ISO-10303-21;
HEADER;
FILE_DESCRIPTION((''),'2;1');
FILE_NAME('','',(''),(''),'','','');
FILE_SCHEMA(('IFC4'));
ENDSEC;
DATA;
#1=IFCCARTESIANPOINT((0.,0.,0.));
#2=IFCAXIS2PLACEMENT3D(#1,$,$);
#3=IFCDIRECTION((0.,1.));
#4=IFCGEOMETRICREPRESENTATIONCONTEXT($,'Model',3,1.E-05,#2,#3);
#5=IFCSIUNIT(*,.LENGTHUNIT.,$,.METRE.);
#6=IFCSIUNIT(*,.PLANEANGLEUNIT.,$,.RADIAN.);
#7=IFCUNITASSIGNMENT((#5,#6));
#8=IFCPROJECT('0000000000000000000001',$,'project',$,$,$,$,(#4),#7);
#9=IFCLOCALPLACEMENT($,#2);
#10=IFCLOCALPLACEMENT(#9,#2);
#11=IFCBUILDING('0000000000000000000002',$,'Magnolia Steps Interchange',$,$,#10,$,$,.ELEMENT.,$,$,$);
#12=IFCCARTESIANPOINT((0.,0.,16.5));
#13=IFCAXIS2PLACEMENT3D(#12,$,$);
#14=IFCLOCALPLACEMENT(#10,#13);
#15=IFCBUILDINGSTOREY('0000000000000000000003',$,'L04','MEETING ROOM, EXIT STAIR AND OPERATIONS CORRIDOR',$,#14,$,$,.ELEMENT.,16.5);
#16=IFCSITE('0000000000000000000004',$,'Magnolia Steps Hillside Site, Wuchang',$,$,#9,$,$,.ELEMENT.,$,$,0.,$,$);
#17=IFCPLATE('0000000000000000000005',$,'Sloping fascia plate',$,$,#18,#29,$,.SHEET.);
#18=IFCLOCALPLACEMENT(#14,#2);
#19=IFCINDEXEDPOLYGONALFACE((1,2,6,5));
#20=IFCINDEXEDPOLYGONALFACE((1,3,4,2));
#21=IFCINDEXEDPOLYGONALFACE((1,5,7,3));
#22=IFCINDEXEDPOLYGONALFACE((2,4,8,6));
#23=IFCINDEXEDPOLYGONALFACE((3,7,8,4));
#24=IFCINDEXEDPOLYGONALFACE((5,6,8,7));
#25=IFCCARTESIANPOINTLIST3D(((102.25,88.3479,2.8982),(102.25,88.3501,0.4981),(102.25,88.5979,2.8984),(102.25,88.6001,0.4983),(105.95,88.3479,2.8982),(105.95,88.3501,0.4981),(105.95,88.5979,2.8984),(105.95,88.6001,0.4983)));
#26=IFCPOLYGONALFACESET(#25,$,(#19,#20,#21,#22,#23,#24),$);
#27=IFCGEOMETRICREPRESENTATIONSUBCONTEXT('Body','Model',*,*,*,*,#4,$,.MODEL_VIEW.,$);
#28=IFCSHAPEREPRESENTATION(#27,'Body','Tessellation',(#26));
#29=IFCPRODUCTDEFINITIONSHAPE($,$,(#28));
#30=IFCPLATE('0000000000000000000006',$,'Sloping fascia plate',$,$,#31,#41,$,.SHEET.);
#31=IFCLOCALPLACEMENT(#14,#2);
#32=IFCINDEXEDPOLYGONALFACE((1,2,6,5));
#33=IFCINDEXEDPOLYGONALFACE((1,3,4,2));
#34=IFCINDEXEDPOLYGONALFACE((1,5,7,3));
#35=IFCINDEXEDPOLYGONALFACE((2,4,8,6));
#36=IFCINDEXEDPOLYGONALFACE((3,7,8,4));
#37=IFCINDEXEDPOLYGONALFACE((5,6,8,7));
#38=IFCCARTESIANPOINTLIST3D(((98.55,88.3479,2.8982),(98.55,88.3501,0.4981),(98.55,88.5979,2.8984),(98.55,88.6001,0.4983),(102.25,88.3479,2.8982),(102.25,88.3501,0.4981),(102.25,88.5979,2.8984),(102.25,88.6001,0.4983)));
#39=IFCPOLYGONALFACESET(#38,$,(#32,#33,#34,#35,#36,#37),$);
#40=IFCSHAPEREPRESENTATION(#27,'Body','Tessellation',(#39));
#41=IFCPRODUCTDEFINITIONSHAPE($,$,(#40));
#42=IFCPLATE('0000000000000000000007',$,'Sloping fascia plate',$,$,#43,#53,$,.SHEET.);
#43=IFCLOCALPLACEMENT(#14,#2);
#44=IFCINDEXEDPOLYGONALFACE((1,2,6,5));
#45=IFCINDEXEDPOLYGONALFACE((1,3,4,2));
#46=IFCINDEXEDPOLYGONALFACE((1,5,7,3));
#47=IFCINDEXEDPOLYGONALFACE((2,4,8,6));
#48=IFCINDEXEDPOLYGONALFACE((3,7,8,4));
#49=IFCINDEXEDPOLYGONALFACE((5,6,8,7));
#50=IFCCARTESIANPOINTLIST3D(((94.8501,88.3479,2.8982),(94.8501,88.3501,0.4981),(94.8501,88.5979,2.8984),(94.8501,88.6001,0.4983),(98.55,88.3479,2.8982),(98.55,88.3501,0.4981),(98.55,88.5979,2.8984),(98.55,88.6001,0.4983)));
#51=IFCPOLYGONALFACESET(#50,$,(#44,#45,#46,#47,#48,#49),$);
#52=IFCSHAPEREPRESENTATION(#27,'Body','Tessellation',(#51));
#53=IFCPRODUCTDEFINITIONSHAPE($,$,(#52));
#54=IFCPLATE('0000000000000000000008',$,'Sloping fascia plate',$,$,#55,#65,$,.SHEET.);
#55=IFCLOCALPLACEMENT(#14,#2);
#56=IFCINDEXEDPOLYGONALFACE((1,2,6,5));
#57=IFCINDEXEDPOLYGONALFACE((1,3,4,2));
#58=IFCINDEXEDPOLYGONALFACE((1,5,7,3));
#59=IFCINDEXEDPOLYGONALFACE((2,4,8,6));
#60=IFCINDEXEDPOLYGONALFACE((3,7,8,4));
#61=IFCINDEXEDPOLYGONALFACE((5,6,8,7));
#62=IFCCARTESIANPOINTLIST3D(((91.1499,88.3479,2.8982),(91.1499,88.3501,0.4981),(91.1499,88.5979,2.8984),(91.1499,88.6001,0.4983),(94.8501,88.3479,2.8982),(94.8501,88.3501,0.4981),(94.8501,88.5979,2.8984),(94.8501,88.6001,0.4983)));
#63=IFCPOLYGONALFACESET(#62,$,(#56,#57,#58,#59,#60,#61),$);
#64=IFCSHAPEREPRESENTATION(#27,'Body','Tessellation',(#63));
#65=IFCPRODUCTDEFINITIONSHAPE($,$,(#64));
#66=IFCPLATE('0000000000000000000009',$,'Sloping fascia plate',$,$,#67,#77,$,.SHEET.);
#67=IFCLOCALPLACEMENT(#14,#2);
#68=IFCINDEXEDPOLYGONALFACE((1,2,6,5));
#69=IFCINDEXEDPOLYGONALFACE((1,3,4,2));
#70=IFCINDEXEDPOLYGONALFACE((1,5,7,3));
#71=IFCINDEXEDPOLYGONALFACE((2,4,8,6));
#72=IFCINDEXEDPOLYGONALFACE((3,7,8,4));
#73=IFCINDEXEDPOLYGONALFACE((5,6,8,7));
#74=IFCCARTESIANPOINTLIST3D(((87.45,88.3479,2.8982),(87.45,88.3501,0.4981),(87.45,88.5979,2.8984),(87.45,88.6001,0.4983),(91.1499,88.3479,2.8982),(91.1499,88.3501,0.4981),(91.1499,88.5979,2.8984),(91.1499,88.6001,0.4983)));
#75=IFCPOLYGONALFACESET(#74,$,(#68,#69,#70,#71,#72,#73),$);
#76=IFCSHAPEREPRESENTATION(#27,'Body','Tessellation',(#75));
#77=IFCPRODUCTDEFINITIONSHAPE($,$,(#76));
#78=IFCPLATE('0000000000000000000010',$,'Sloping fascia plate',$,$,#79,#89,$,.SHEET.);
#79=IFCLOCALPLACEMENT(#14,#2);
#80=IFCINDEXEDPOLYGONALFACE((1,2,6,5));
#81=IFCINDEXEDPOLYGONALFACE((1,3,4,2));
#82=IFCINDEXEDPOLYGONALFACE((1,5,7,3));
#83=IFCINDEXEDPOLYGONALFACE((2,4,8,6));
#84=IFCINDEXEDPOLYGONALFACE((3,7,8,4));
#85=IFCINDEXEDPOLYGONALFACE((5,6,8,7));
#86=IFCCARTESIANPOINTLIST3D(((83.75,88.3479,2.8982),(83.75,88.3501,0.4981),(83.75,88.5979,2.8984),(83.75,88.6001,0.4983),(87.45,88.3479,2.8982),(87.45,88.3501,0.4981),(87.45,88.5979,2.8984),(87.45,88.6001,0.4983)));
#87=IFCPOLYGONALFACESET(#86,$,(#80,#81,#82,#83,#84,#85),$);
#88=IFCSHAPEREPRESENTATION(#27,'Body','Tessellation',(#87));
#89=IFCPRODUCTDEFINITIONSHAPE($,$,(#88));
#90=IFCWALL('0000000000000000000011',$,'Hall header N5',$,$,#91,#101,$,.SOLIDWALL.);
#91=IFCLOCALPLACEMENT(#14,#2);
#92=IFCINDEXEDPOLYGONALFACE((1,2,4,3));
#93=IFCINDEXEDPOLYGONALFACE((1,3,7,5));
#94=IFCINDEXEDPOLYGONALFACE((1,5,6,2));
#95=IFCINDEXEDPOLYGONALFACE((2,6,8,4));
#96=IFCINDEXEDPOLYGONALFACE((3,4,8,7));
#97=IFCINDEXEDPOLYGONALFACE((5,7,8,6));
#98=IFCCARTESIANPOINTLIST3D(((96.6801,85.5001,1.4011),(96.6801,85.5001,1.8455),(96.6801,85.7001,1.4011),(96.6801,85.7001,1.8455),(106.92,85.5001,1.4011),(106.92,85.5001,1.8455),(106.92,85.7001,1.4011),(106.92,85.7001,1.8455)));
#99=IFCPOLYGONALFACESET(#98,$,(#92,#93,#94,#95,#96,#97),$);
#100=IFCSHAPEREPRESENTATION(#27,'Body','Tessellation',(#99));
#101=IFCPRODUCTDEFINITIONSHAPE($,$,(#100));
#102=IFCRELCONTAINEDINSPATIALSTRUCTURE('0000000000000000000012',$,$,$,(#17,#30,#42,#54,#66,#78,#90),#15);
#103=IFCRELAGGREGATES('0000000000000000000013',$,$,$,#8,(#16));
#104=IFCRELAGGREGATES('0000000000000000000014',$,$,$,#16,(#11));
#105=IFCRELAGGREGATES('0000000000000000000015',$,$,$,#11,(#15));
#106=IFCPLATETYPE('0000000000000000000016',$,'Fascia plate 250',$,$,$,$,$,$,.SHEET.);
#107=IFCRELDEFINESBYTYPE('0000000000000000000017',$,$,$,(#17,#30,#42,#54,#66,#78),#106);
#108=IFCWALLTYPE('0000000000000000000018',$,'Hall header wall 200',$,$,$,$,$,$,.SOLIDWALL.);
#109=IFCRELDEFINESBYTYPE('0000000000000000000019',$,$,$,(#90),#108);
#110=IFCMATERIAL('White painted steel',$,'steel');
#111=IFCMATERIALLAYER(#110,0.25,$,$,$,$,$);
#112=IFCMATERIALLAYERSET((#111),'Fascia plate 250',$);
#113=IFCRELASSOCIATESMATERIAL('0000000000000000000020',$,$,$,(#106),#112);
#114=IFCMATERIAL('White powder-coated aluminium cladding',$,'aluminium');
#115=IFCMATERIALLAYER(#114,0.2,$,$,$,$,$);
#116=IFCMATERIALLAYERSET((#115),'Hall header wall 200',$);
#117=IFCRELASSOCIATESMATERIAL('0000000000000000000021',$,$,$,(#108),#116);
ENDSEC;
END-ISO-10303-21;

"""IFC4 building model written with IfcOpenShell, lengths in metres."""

from ifc_helpers import new_model, si_unit, direction, frame, frame_2d, origin, place, context, subcontext, project, spatial, polyline, rectangle, outline, extrude, material, layer, layer_set, type_object, element, save


model = new_model("IFC4")

# Units and contexts
model_context = context("Model", 3, precision=1e-05, world=origin(), true_north=direction((0.0, 1.0)))
body_context = subcontext(model_context, "Body", "Model", "MODEL_VIEW")
ifc_project = project(units=[si_unit("LENGTHUNIT", "METRE"), si_unit("PLANEANGLEUNIT", "RADIAN")], contexts=[model_context])

# Site, building, storey
site_placement = place(None, origin())
site = spatial("IfcSite", under=ifc_project, at=site_placement, Name="Magnolia Steps Hillside Site, Wuchang", CompositionType="ELEMENT", RefElevation=0.0)
building_placement = place(site_placement, origin())
building = spatial("IfcBuilding", under=site, at=building_placement, Name="Magnolia Steps Interchange", CompositionType="ELEMENT")
storey_placement = place(building_placement, frame((0.0, 0.0, 16.5)))
storey = spatial("IfcBuildingStorey", under=building, at=storey_placement, Name="L04", Description="MEETING ROOM, EXIT STAIR AND OPERATIONS CORRIDOR", CompositionType="ELEMENT", Elevation=16.5)

# Plates
ifc_material_1 = material(Name="White painted steel", Category="steel")
ifc_layer_1 = layer(ifc_material_1, 0.25)
ifc_layer_set_1 = layer_set([ifc_layer_1], Name="Fascia plate 250")
plate_type_1 = type_object("IfcPlateType", Name="Fascia plate 250", PredefinedType="SHEET", material=ifc_layer_set_1)
for number, where, z_axis, x_axis, name in (
    (1, (105.95, 88.6001, 0.4983), (0.0, 1.0, 0.000915), (-1.0, 0.0, 0.0), "Sloping fascia plate"),
    (2, (102.25, 88.6001, 0.4983), (0.0, 1.0, 0.000915), (-1.0, 0.0, 0.0), "Sloping fascia plate"),
    (3, (98.55, 88.6001, 0.4983), (0.0, 1.0, 0.000915), (-1.0, 0.0, 0.0), "Sloping fascia plate"),
):
    element("IfcPlate", number, at=place(storey_placement, frame(where, z_axis=z_axis, x_axis=x_axis)), inside=storey, type_object=plate_type_1, Name=name, PredefinedType="SHEET", context=body_context, shape_type="SweptSolid", body=[
        extrude(outline(polyline([(0.0, 0.0), (3.7, 0.0), (3.7, 2.4001), (0.0, 2.4001), (0.0, 0.0)])), origin(), (0.0, 0.0, -1.0), 0.25),
    ])
plate_1_placement = place(storey_placement, frame((94.8501, 88.6001, 0.4983), z_axis=(0.0, 1.0, 0.000915), x_axis=(-1.0, 0.0, 0.0)))
element("IfcPlate", 4, at=plate_1_placement, inside=storey, type_object=plate_type_1, Name="Sloping fascia plate", PredefinedType="SHEET", context=body_context, shape_type="SweptSolid", body=[
    extrude(outline(polyline([(0.0, 0.0), (3.7002, 0.0), (3.7002, 2.4001), (0.0, 2.4001), (0.0, 0.0)])), origin(), (0.0, 0.0, -1.0), 0.25),
])
for number, where, z_axis, x_axis, name in (
    (5, (91.1499, 88.6001, 0.4983), (0.0, 1.0, 0.000915), (-1.0, 0.0, 0.0), "Sloping fascia plate"),
    (6, (87.45, 88.6001, 0.4983), (0.0, 1.0, 0.000915), (-1.0, 0.0, 0.0), "Sloping fascia plate"),
):
    element("IfcPlate", number, at=place(storey_placement, frame(where, z_axis=z_axis, x_axis=x_axis)), inside=storey, type_object=plate_type_1, Name=name, PredefinedType="SHEET", context=body_context, shape_type="SweptSolid", body=[
        extrude(outline(polyline([(0.0, 0.0), (3.7, 0.0), (3.7, 2.4001), (0.0, 2.4001), (0.0, 0.0)])), origin(), (0.0, 0.0, -1.0), 0.25),
    ])

# Wall
ifc_material_2 = material(Name="White powder-coated aluminium cladding", Category="aluminium")
ifc_layer_2 = layer(ifc_material_2, 0.2)
ifc_layer_set_2 = layer_set([ifc_layer_2], Name="Hall header wall 200")
wall_type = type_object("IfcWallType", Name="Hall header wall 200", PredefinedType="SOLIDWALL", material=ifc_layer_set_2)
wall_placement = place(storey_placement, frame((96.6799, 85.6001, 1.4011), z_axis=(0.0, 0.0, 1.0), x_axis=(1.0, 0.0, 0.0)))
element("IfcWall", 7, at=wall_placement, inside=storey, type_object=wall_type, Name="Hall header N5", PredefinedType="SOLIDWALL", context=body_context, shape_type="SweptSolid", body=[
    extrude(rectangle(XDim=10.24, YDim=0.2, at=frame_2d((5.1201, 0.0))), origin(), (0.0, 0.0, 1.0), 0.4443),
])

save(model, "model.ifc")
